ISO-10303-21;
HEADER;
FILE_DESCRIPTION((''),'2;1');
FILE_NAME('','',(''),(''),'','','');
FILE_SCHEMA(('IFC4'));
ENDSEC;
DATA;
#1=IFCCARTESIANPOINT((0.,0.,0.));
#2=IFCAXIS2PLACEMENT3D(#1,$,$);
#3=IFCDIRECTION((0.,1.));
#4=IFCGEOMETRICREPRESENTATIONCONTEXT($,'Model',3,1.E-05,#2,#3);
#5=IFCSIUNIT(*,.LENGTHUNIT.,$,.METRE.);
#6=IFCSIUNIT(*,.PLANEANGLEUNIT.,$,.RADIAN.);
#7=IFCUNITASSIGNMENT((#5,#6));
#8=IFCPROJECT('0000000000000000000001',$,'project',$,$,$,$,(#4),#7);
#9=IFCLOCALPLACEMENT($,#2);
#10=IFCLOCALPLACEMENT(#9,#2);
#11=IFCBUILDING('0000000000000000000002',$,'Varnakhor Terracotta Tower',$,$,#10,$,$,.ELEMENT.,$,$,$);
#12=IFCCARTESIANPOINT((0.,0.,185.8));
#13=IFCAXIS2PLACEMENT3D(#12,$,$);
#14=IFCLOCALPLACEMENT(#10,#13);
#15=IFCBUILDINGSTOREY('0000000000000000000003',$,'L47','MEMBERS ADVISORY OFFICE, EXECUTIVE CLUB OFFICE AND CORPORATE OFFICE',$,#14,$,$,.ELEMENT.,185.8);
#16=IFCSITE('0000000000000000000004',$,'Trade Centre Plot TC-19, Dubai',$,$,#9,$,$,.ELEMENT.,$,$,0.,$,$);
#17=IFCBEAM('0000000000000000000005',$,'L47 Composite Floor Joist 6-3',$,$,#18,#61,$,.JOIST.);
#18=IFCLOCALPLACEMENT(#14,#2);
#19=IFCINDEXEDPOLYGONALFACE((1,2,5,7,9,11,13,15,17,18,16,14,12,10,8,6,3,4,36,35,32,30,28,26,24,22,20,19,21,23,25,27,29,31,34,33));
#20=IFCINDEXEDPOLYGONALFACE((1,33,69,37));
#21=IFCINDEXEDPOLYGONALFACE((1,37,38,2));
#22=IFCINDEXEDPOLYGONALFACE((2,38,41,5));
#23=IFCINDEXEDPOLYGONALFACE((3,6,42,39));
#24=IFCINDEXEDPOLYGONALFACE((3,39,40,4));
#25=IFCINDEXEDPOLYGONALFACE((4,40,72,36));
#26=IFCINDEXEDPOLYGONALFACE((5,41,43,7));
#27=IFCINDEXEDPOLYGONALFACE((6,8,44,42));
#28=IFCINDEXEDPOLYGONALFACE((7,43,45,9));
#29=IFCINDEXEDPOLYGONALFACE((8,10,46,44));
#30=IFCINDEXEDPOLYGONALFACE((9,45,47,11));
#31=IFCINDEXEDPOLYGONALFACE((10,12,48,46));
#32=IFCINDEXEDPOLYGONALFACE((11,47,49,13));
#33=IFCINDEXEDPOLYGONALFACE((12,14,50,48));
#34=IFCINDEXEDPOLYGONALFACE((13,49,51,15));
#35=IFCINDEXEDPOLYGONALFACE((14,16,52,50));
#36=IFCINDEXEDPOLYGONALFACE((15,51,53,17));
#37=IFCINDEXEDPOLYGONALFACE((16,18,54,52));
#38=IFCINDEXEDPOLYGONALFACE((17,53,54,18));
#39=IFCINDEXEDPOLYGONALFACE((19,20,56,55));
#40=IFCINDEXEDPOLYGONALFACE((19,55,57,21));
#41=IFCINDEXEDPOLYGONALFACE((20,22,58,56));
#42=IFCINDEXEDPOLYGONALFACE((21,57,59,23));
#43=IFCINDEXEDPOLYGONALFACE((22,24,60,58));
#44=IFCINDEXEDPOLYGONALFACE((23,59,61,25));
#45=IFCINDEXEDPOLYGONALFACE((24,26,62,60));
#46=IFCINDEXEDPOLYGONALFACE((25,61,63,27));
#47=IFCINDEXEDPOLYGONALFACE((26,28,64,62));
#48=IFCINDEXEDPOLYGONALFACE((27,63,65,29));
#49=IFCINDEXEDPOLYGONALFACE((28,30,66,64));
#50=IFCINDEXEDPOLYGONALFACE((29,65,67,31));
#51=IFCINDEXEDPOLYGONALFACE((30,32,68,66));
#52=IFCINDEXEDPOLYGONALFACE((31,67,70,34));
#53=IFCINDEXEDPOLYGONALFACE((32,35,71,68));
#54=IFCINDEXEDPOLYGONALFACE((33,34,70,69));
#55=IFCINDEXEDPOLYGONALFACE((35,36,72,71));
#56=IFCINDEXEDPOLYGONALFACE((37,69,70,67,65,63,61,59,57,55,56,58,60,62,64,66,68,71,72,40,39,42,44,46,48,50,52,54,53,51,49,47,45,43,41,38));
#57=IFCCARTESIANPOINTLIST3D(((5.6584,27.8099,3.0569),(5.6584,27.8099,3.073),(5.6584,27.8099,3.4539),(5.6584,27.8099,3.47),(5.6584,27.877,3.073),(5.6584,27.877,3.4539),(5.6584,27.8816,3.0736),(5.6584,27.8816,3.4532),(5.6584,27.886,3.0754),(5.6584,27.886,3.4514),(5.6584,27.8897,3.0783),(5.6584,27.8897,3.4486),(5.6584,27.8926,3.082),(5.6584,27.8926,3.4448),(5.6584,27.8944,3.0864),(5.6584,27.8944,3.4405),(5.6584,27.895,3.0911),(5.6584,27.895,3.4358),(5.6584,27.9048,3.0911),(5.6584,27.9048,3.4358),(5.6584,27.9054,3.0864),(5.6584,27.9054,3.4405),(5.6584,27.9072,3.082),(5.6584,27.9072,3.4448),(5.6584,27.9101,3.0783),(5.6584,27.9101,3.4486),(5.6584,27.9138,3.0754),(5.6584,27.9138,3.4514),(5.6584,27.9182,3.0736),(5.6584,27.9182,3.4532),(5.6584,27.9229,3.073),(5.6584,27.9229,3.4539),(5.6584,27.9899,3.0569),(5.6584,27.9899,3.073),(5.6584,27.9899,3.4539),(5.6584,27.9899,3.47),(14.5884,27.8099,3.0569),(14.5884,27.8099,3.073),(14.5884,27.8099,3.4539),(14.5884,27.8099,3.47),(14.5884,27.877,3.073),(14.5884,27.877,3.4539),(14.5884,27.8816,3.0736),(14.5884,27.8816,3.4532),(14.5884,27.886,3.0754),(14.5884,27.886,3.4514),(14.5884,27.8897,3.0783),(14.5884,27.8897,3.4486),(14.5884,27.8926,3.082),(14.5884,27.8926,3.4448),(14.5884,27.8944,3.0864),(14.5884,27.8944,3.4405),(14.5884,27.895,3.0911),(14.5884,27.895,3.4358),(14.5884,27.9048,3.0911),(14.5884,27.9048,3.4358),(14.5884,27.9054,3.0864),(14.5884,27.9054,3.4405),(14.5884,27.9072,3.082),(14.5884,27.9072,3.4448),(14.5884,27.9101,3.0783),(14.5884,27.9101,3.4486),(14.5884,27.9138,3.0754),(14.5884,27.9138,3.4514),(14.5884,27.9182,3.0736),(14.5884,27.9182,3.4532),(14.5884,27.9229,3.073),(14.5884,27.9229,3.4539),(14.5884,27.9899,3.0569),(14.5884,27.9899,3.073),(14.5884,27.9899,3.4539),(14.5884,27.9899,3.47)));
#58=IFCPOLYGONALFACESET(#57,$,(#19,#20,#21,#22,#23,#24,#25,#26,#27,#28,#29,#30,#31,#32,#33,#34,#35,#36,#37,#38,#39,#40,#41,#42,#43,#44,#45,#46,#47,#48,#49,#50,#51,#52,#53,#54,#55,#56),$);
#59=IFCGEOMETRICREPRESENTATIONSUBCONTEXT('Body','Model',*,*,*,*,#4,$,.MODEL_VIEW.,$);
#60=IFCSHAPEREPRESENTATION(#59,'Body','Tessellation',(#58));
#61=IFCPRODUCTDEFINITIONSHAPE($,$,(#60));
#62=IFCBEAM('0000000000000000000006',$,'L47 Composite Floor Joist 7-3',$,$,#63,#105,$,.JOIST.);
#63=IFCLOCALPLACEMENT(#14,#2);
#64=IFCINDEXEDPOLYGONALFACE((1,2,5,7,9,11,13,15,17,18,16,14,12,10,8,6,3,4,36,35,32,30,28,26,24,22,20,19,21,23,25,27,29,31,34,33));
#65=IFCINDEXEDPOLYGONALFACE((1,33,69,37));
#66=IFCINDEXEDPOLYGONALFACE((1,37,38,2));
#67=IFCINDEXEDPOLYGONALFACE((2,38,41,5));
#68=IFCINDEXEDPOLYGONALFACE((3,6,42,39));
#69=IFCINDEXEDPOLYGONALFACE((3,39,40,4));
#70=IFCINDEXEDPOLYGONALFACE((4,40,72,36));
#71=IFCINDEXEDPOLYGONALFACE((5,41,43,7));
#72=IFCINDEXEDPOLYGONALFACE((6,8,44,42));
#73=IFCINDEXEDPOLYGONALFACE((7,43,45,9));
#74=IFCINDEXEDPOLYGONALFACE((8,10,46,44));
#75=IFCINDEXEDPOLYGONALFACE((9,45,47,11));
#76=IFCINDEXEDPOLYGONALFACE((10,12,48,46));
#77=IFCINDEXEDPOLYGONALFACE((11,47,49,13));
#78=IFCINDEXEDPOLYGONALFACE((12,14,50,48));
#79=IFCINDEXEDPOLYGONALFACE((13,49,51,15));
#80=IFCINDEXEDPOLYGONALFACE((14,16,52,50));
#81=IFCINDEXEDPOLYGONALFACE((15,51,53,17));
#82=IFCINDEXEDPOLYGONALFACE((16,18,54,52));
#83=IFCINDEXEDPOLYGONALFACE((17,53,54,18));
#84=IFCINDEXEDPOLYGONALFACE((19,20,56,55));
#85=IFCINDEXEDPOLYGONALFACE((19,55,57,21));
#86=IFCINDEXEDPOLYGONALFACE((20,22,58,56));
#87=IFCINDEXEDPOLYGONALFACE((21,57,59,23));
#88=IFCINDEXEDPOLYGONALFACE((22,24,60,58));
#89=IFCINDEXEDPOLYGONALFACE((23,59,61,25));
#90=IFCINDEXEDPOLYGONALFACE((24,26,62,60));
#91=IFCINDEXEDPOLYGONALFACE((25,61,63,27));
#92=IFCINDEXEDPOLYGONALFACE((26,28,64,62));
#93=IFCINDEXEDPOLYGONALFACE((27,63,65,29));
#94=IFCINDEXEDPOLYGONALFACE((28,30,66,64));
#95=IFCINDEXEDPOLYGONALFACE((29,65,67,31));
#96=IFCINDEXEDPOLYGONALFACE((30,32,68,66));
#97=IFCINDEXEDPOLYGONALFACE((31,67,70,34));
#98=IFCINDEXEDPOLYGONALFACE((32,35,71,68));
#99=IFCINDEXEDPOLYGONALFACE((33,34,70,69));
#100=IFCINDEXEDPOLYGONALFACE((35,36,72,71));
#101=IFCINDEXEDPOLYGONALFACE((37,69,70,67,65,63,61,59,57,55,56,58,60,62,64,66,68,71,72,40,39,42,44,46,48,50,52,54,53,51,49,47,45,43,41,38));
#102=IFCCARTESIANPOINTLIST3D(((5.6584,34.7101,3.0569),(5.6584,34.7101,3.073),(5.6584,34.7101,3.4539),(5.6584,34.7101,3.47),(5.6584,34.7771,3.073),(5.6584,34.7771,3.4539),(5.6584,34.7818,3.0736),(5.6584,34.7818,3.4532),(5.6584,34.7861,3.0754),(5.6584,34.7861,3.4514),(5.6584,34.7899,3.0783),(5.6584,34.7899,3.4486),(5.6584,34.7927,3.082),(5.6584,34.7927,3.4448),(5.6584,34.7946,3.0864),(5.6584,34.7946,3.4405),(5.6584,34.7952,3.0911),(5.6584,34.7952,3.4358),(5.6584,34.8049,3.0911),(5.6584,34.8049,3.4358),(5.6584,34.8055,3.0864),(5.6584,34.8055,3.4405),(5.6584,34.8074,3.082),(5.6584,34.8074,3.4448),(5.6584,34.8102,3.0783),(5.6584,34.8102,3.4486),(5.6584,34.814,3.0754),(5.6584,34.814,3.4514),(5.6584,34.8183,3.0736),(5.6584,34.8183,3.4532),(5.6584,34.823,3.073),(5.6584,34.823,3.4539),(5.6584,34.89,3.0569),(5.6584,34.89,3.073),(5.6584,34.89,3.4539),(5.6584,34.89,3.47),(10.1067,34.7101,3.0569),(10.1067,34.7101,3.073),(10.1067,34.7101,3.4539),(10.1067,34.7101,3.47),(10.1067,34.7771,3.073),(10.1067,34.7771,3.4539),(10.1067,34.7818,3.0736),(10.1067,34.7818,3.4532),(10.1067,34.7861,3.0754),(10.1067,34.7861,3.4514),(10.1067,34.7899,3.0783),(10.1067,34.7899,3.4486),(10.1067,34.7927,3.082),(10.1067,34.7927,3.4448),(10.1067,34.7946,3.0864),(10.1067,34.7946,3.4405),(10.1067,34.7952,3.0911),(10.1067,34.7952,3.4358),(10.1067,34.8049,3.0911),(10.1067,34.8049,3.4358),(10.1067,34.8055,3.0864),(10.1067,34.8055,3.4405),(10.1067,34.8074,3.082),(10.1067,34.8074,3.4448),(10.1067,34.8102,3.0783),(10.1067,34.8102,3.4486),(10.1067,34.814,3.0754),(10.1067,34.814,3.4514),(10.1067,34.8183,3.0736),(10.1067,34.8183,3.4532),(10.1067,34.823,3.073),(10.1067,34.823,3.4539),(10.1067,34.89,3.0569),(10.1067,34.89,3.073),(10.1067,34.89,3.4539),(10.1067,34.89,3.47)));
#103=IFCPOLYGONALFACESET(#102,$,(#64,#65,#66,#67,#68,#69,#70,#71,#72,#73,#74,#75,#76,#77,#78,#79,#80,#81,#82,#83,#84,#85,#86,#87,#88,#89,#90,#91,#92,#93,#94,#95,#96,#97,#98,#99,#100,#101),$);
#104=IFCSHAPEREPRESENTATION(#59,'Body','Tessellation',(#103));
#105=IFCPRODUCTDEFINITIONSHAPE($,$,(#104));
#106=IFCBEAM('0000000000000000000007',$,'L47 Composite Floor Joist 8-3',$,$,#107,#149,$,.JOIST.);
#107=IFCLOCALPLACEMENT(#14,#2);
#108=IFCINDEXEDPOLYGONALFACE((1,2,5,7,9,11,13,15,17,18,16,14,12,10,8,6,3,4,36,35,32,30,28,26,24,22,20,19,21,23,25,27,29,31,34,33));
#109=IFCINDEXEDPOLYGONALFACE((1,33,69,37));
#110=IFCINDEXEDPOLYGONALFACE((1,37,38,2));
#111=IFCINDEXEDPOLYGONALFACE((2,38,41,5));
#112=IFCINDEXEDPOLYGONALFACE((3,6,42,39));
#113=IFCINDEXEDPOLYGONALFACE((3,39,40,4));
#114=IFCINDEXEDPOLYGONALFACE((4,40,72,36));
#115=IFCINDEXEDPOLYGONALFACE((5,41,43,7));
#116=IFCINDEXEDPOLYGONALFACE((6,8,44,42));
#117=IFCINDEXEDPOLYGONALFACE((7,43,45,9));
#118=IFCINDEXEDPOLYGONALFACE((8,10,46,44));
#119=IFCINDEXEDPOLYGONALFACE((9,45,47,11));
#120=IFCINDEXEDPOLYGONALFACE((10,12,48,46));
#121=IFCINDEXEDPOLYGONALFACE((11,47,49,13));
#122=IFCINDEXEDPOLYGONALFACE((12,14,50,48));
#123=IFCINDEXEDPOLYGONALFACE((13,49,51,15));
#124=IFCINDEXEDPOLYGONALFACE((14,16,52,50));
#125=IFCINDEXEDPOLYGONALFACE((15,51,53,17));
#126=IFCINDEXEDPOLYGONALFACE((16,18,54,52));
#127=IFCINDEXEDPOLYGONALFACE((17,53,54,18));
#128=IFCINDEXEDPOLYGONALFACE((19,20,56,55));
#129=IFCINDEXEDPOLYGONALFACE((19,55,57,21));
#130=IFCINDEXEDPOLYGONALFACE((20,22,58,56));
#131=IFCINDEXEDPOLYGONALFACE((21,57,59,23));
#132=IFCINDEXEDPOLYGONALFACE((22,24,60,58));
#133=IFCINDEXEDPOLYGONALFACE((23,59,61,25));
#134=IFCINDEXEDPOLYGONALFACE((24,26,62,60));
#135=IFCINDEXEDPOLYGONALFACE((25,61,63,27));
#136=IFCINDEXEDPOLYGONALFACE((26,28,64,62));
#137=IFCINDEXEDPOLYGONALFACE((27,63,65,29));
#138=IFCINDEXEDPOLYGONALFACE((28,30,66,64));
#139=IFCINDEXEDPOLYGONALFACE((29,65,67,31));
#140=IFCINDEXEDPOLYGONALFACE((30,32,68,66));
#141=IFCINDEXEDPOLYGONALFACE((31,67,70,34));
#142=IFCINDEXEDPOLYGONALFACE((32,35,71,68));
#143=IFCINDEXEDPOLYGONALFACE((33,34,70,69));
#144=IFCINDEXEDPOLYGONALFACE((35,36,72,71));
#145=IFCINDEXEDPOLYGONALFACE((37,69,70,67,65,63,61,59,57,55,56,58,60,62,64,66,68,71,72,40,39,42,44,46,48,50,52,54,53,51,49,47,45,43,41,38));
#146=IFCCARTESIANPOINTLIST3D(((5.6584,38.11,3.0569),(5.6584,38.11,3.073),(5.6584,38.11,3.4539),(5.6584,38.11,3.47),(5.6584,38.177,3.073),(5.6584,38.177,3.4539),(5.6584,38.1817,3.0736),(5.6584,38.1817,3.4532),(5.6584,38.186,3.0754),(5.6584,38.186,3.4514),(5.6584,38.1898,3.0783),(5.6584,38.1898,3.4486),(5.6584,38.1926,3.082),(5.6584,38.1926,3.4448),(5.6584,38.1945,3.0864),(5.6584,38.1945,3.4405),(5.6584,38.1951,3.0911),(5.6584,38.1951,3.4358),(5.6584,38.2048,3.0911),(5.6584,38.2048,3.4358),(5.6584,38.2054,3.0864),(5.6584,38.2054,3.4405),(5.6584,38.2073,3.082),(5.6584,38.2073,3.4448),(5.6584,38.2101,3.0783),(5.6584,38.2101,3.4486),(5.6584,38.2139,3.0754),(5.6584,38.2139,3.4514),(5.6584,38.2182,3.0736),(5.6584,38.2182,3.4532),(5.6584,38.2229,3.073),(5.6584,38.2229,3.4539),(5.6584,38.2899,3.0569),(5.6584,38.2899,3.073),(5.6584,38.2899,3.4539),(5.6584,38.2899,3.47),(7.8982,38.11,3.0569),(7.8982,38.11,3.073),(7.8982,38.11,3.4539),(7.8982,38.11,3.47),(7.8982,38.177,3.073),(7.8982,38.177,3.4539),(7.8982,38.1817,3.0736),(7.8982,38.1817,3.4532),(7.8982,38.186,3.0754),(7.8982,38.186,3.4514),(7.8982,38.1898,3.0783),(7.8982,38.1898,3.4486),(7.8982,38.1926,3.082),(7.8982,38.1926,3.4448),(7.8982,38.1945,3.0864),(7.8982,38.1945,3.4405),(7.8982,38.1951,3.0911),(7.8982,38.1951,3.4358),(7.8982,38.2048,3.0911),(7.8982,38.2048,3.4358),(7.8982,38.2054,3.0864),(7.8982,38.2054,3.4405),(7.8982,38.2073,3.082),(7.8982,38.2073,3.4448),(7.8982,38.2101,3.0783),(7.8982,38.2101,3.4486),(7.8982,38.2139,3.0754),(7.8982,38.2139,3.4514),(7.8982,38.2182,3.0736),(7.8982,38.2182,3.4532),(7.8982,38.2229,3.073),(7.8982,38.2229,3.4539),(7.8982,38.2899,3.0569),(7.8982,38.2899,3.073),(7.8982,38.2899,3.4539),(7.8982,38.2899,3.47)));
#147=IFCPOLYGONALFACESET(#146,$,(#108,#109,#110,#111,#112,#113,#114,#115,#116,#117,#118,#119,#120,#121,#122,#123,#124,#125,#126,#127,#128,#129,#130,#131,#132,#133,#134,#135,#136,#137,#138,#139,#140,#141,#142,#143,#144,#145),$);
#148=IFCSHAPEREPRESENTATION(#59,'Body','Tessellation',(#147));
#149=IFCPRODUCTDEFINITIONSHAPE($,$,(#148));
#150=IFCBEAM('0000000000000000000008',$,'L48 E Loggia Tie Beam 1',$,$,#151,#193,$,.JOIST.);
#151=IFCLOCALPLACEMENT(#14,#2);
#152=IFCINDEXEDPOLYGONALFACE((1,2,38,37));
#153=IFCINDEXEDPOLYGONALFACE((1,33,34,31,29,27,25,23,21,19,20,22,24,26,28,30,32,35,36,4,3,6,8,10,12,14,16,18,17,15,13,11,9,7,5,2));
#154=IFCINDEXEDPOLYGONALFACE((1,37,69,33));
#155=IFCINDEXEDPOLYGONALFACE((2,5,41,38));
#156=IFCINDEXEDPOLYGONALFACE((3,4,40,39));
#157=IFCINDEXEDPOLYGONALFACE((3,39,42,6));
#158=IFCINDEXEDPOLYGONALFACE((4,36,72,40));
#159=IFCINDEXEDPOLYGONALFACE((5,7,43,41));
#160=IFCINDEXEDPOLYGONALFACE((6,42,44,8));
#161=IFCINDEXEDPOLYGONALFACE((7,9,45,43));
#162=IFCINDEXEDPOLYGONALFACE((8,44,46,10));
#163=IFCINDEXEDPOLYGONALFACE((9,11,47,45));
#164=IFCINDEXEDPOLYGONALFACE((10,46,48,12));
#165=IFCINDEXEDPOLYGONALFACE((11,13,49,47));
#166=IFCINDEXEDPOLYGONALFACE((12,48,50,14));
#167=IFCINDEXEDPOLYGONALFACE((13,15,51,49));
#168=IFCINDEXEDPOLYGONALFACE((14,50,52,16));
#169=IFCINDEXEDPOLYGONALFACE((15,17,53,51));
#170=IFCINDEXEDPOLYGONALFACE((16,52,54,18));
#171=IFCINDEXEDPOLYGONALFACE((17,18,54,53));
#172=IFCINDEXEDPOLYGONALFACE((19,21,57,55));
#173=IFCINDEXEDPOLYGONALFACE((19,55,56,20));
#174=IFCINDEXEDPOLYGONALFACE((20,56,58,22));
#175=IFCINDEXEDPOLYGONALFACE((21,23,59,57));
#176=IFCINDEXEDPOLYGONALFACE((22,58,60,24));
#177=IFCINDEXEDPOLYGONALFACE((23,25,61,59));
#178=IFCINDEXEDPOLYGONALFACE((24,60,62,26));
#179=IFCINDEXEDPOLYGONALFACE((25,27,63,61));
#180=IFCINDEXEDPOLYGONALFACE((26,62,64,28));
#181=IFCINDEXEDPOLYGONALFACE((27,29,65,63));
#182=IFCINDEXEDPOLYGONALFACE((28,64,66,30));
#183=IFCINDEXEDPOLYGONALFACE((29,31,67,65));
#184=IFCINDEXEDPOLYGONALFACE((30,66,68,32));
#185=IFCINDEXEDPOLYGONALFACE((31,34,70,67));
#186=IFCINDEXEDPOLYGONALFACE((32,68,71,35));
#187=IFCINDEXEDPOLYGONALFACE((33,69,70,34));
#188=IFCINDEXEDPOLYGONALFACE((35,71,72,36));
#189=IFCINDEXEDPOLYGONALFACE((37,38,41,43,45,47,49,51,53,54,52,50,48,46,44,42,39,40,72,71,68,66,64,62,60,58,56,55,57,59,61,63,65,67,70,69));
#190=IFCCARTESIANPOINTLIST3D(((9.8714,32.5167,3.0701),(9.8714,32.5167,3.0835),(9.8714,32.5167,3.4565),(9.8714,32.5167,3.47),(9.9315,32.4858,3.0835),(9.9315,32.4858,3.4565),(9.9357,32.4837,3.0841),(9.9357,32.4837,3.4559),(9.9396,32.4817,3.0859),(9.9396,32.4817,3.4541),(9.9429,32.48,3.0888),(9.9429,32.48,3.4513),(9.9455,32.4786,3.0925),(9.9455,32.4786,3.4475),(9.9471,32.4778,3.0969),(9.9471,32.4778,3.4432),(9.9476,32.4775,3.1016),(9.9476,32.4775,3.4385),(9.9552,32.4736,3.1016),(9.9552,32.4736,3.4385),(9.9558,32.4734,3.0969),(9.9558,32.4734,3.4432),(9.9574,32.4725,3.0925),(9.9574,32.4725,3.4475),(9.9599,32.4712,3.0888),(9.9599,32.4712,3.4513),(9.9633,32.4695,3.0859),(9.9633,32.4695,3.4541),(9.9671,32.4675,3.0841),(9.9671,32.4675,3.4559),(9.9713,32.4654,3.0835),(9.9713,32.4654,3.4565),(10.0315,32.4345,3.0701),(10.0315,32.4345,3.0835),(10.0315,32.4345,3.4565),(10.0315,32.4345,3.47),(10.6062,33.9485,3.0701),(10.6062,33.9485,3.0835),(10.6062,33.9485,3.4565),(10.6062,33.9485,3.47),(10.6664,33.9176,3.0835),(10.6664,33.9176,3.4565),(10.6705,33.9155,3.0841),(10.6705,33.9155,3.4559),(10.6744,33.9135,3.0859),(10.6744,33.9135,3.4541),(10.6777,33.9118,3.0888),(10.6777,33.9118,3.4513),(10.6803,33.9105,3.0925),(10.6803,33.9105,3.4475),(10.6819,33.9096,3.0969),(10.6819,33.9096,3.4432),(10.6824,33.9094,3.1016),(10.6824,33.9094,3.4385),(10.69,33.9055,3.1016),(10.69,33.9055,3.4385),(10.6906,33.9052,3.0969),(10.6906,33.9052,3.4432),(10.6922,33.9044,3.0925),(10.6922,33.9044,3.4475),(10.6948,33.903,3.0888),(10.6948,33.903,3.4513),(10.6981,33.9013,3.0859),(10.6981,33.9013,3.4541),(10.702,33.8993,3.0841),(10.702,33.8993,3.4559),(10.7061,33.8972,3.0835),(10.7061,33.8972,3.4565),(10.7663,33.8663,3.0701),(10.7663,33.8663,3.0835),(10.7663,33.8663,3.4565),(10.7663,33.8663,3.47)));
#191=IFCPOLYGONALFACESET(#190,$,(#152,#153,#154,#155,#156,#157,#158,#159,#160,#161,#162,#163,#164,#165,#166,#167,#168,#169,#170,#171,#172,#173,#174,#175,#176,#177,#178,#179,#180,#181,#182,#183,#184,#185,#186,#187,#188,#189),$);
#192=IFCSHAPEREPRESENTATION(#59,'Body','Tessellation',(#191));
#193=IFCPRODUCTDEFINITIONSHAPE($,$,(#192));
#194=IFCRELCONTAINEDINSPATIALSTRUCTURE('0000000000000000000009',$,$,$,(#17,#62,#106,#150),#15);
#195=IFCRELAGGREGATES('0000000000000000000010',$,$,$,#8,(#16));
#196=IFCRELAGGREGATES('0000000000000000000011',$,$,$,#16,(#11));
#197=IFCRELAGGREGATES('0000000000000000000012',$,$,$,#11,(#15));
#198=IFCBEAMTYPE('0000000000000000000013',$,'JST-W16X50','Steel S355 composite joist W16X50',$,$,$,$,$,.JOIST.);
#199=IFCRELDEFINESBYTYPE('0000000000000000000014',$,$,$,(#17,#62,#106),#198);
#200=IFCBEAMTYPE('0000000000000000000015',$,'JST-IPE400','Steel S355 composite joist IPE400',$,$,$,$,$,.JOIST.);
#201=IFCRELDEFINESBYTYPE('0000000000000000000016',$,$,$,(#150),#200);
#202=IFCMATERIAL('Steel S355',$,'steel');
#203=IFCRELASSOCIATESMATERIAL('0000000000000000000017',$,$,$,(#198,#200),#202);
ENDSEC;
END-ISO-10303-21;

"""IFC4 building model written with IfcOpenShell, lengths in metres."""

from ifc_helpers import new_model, si_unit, direction, frame, origin, origin_2d, place, context, subcontext, project, spatial, i_section, extrude, source, transform, mapped, material, material_profile, profile_set, type_object, element, save


model = new_model("IFC4")

# Units and contexts
model_context = context("Model", 3, precision=1e-05, world=origin(), true_north=direction((0.0, 1.0)))
body_context = subcontext(model_context, "Body", "Model", "MODEL_VIEW")
ifc_project = project(units=[si_unit("LENGTHUNIT", "METRE"), si_unit("PLANEANGLEUNIT", "RADIAN")], contexts=[model_context])

# Site, building, storey
site_placement = place(None, origin())
site = spatial("IfcSite", under=ifc_project, at=site_placement, Name="Trade Centre Plot TC-19, Dubai", CompositionType="ELEMENT", RefElevation=0.0)
building_placement = place(site_placement, origin())
building = spatial("IfcBuilding", under=site, at=building_placement, Name="Varnakhor Terracotta Tower", CompositionType="ELEMENT")
storey_placement = place(building_placement, frame((0.0, 0.0, 185.8)))
storey = spatial("IfcBuildingStorey", under=building, at=storey_placement, Name="L47", Description="MEMBERS ADVISORY OFFICE, EXECUTIVE CLUB OFFICE AND CORPORATE OFFICE", CompositionType="ELEMENT", Elevation=185.8)

# Beams
ifc_material_1 = material(Name="Steel S355", Category="steel")
ifc_material_profile_1 = material_profile(ifc_material_1, i_section(OverallWidth=0.1799, OverallDepth=0.4131, WebThickness=0.0098, FlangeThickness=0.0161, FilletRadius=0.0181, at=origin_2d()), Name="W16X50")
ifc_profile_set_1 = profile_set([ifc_material_profile_1], Name="Steel S355")
beam_type_1 = type_object("IfcBeamType", Name="JST-W16X50", Description="Steel S355 composite joist W16X50", PredefinedType="JOIST", material=ifc_profile_set_1)
shared_shape_1 = source(origin(), body_context, "Body", "SweptSolid", [
    extrude(i_section(OverallWidth=0.1799, OverallDepth=0.4131, WebThickness=0.0098, FlangeThickness=0.0161, FilletRadius=0.0181, at=origin_2d()), origin(), (0.0, 0.0, 1.0), 8.9299),
])
beam_1_placement = place(storey_placement, frame((5.6584, 27.8999, 3.2634), z_axis=(1.0, 0.0, 0.0), x_axis=(0.0, 1.0, 0.0)))
element("IfcBeam", 1, at=beam_1_placement, inside=storey, type_object=beam_type_1, Name="L47 Composite Floor Joist 6-3", PredefinedType="JOIST", context=body_context, shape_type="MappedRepresentation", body=[
    mapped(shared_shape_1, transform((0.0, 0.0, 0.0), scale=1.0)),
])
shared_shape_2 = source(origin(), body_context, "Body", "SweptSolid", [
    extrude(i_section(OverallWidth=0.1799, OverallDepth=0.4131, WebThickness=0.0098, FlangeThickness=0.0161, FilletRadius=0.0181, at=origin_2d()), origin(), (0.0, 0.0, 1.0), 4.4482),
])
beam_2_placement = place(storey_placement, frame((5.6584, 34.8, 3.2634), z_axis=(1.0, 0.0, 0.0), x_axis=(0.0, 1.0, 0.0)))
element("IfcBeam", 2, at=beam_2_placement, inside=storey, type_object=beam_type_1, Name="L47 Composite Floor Joist 7-3", PredefinedType="JOIST", context=body_context, shape_type="MappedRepresentation", body=[
    mapped(shared_shape_2, transform((0.0, 0.0, 0.0), scale=1.0)),
])
shared_shape_3 = source(origin(), body_context, "Body", "SweptSolid", [
    extrude(i_section(OverallWidth=0.1799, OverallDepth=0.4131, WebThickness=0.0098, FlangeThickness=0.0161, FilletRadius=0.0181, at=origin_2d()), origin(), (0.0, 0.0, 1.0), 2.2397),
])
beam_3_placement = place(storey_placement, frame((5.6584, 38.2, 3.2634), z_axis=(1.0, 0.0, 0.0), x_axis=(0.0, 1.0, 0.0)))
element("IfcBeam", 3, at=beam_3_placement, inside=storey, type_object=beam_type_1, Name="L47 Composite Floor Joist 8-3", PredefinedType="JOIST", context=body_context, shape_type="MappedRepresentation", body=[
    mapped(shared_shape_3, transform((0.0, 0.0, 0.0), scale=1.0)),
])
ifc_material_profile_2 = material_profile(ifc_material_1, i_section(OverallWidth=0.1799, OverallDepth=0.3999, WebThickness=0.0085, FlangeThickness=0.0134, FilletRadius=0.0181, at=origin_2d()), Name="IPE400")
ifc_profile_set_2 = profile_set([ifc_material_profile_2], Name="Steel S355")
beam_type_2 = type_object("IfcBeamType", Name="JST-IPE400", Description="Steel S355 composite joist IPE400", PredefinedType="JOIST", material=ifc_profile_set_2)
shared_shape_4 = source(origin(), body_context, "Body", "SweptSolid", [
    extrude(i_section(OverallWidth=0.1799, OverallDepth=0.3999, WebThickness=0.0085, FlangeThickness=0.0134, FilletRadius=0.0181, at=origin_2d()), origin(), (0.0, 0.0, 1.0), 1.6094),
])
beam_4_placement = place(storey_placement, frame((9.9514, 32.4756, 3.27), z_axis=(0.456594, 0.889675, 0.0), x_axis=(-0.889675, 0.456594, 0.0)))
element("IfcBeam", 4, at=beam_4_placement, inside=storey, type_object=beam_type_2, Name="L48 E Loggia Tie Beam 1", PredefinedType="JOIST", context=body_context, shape_type="MappedRepresentation", body=[
    mapped(shared_shape_4, transform((0.0, 0.0, 0.0), scale=1.0)),
])

save(model, "model.ifc")
